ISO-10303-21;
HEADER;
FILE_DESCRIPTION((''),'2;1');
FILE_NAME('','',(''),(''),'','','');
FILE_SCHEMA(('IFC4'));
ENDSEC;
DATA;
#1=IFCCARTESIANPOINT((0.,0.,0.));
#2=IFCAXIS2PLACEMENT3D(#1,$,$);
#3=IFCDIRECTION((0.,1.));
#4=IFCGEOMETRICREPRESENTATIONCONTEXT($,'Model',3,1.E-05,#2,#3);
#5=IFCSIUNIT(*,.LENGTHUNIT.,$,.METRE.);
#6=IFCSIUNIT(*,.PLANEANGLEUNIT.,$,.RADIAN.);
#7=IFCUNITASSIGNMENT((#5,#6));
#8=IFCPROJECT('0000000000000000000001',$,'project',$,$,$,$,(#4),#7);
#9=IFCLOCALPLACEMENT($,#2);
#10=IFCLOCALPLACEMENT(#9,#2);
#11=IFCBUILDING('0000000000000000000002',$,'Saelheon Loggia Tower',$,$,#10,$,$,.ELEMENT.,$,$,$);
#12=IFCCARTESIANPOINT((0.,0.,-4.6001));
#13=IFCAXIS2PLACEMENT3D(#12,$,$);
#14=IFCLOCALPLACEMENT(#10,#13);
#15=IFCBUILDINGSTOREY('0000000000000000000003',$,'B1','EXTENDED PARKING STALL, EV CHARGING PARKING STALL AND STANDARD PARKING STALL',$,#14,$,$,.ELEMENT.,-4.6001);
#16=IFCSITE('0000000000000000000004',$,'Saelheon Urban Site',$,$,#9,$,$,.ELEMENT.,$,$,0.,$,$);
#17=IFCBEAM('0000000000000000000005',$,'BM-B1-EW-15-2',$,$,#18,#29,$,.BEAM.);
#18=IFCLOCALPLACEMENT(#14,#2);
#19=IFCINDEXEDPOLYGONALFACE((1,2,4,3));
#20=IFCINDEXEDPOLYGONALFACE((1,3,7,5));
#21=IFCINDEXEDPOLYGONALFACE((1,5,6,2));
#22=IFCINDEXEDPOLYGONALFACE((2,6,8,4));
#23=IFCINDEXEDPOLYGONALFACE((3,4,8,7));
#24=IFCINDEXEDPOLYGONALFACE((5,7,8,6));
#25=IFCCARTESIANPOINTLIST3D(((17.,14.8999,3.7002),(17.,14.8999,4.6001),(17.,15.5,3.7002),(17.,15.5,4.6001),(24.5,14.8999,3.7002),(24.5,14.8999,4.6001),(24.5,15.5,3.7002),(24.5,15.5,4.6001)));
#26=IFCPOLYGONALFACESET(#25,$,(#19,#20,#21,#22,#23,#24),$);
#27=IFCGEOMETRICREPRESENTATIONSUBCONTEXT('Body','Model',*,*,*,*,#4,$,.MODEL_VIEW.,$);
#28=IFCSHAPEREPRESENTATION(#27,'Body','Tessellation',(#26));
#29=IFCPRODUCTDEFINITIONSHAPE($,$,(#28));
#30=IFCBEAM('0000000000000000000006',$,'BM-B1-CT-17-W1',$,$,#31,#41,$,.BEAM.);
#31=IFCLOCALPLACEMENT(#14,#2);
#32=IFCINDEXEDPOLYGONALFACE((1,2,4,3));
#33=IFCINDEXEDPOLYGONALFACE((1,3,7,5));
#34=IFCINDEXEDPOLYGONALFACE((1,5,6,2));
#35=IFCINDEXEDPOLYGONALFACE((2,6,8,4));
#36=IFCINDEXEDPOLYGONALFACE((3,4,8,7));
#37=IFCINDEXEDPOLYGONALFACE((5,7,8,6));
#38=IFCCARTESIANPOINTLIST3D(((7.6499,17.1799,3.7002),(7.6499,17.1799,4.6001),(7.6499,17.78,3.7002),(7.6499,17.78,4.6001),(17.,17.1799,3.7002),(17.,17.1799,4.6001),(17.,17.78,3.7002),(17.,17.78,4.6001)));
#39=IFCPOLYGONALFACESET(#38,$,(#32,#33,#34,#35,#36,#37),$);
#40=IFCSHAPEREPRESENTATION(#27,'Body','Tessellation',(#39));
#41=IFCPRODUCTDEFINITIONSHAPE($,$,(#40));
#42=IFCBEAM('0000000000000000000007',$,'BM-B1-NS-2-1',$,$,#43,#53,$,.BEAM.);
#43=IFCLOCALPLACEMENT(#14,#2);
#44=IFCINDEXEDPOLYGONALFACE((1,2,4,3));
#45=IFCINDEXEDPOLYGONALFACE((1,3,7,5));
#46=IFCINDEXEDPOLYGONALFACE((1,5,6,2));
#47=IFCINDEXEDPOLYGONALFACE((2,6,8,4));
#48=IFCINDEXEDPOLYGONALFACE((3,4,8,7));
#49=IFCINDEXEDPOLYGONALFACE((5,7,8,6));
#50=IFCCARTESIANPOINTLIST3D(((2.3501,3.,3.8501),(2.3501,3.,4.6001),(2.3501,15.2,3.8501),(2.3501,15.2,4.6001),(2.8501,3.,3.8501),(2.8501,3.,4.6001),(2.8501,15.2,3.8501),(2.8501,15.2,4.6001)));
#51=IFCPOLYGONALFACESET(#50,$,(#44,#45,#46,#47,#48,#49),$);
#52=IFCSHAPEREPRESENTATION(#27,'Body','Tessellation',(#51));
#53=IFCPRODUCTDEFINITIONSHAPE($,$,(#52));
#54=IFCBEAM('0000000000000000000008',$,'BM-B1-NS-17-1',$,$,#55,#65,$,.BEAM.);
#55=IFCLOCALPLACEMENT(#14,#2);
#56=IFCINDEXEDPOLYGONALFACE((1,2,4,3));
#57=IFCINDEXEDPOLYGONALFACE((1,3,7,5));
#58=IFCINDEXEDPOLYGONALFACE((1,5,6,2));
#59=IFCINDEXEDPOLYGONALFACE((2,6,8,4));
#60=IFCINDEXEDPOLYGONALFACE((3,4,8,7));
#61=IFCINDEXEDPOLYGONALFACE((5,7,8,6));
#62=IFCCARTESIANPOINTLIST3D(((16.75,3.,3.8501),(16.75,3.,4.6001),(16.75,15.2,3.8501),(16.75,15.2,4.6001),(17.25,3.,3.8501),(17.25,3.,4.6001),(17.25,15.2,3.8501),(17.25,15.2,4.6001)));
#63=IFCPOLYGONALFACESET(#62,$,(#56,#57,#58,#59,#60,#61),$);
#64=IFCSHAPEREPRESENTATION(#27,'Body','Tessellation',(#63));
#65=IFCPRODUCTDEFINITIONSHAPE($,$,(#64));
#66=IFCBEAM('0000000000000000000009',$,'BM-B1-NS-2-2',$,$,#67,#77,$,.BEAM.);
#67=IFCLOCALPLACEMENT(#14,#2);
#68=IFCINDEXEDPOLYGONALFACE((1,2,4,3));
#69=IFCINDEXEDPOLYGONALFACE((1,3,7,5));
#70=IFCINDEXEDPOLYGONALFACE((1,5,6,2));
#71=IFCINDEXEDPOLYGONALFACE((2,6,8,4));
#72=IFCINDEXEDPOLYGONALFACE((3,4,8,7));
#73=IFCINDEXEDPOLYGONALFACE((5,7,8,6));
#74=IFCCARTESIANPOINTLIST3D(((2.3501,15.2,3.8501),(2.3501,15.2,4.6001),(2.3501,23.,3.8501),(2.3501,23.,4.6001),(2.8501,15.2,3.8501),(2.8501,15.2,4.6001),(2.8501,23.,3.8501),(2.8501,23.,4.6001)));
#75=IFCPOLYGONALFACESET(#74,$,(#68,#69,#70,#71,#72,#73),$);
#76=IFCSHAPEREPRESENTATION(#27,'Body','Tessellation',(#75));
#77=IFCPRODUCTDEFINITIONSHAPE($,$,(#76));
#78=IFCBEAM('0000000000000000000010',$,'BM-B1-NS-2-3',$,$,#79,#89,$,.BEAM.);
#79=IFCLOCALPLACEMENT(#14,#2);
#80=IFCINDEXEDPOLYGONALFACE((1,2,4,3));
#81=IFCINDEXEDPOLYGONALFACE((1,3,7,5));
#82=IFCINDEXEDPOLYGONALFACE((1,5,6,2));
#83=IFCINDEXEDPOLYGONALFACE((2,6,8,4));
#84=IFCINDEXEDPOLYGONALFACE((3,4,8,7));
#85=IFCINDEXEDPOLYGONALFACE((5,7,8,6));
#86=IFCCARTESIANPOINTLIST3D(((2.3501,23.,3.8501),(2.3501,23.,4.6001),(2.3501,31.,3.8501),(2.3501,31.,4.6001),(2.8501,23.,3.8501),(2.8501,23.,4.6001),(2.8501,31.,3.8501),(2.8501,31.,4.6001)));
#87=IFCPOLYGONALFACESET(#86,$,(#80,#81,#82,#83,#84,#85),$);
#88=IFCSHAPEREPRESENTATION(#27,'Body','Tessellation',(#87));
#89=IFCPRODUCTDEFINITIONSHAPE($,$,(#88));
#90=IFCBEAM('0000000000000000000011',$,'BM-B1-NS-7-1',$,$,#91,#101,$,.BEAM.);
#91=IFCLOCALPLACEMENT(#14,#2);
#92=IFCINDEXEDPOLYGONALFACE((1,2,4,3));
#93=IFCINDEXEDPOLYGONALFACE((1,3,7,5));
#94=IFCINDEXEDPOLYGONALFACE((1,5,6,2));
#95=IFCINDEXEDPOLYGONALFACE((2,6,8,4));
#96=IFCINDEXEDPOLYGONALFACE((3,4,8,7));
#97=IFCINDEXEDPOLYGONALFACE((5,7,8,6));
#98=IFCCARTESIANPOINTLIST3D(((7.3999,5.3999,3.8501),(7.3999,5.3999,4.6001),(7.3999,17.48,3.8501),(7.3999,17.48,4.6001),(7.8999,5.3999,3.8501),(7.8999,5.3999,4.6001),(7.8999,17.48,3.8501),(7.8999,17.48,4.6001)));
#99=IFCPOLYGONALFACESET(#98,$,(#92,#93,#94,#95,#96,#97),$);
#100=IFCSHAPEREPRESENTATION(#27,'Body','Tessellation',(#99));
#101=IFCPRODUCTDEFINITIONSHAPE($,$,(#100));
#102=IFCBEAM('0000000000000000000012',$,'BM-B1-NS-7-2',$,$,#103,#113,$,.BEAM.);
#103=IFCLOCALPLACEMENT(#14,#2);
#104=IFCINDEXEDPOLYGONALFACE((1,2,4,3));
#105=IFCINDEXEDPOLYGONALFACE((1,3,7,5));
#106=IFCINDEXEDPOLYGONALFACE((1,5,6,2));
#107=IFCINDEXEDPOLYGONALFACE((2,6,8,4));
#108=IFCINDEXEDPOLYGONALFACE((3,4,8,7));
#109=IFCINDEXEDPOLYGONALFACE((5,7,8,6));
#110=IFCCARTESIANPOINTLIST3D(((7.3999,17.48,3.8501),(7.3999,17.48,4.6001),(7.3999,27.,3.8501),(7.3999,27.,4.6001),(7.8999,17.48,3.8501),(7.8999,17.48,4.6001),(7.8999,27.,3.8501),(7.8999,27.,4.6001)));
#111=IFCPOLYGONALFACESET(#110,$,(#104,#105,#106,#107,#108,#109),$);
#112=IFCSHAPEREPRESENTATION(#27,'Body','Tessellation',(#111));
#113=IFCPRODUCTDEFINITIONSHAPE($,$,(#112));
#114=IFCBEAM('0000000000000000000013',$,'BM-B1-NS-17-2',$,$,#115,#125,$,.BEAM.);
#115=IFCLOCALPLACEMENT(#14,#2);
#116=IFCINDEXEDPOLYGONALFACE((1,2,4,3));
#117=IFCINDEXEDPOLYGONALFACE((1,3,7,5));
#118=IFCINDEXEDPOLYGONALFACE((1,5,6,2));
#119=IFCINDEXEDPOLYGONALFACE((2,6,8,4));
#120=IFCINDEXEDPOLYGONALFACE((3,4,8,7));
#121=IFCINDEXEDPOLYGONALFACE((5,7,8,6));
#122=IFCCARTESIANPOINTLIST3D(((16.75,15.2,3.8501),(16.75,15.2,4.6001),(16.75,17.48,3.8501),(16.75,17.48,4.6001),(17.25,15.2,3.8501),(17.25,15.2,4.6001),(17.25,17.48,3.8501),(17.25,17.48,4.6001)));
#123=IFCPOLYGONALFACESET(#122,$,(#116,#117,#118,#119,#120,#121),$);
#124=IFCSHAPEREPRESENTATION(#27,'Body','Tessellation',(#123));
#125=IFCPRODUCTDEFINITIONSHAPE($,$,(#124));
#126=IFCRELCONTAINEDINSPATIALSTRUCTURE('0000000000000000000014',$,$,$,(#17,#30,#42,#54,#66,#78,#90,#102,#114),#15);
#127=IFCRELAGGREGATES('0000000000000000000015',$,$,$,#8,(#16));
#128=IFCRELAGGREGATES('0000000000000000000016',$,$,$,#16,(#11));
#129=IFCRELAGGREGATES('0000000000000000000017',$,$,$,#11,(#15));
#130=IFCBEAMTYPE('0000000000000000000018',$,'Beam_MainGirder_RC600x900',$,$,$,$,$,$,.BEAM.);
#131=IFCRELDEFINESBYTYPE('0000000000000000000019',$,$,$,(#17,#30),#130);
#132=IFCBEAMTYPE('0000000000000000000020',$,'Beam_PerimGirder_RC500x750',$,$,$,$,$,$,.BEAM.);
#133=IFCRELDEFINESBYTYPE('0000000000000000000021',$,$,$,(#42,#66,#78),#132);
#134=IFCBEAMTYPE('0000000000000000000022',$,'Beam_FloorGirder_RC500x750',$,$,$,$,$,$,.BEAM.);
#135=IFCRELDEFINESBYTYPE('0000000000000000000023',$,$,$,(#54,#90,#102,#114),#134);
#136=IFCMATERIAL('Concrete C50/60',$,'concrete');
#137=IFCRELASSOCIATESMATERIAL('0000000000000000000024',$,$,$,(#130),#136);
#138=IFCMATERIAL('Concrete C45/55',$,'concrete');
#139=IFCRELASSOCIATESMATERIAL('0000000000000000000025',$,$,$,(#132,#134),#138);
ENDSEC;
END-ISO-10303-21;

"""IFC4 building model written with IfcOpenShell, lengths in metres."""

from ifc_helpers import new_model, si_unit, direction, frame, origin, origin_2d, place, context, subcontext, project, spatial, rectangle, extrude, source, transform, mapped, material, material_profile, profile_set, type_object, element, save


model = new_model("IFC4")

# Units and contexts
model_context = context("Model", 3, precision=1e-05, world=origin(), true_north=direction((0.0, 1.0)))
body_context = subcontext(model_context, "Body", "Model", "MODEL_VIEW")
ifc_project = project(units=[si_unit("LENGTHUNIT", "METRE"), si_unit("PLANEANGLEUNIT", "RADIAN")], contexts=[model_context])

# Site, building, storey
site_placement = place(None, origin())
site = spatial("IfcSite", under=ifc_project, at=site_placement, Name="Saelheon Urban Site", CompositionType="ELEMENT", RefElevation=0.0)
building_placement = place(site_placement, origin())
building = spatial("IfcBuilding", under=site, at=building_placement, Name="Saelheon Loggia Tower", CompositionType="ELEMENT")
storey_placement = place(building_placement, frame((0.0, 0.0, -4.6001)))
storey = spatial("IfcBuildingStorey", under=building, at=storey_placement, Name="B1", Description="EXTENDED PARKING STALL, EV CHARGING PARKING STALL AND STANDARD PARKING STALL", CompositionType="ELEMENT", Elevation=-4.6001)

# Shared definitions
ifc_material_1 = material(Name="Concrete C50/60", Category="concrete")
ifc_material_2 = material(Name="Concrete C45/55", Category="concrete")

# Beams
ifc_material_profile_1 = material_profile(ifc_material_1, rectangle(XDim=0.6001, YDim=0.8999, at=origin_2d()), Name="RC-600x900")
ifc_profile_set_1 = profile_set([ifc_material_profile_1], Name="Concrete C50/60")
beam_type_1 = type_object("IfcBeamType", Name="Beam_MainGirder_RC600x900", PredefinedType="BEAM", material=ifc_profile_set_1)
shared_shape_1 = source(origin(), body_context, "Body", "SweptSolid", [
    extrude(rectangle(XDim=0.6001, YDim=0.8999, at=origin_2d()), origin(), (0.0, 0.0, 1.0), 7.5),
])
for number, where, z_axis, x_axis, name in (
    (1, (17.0, 15.2, 4.1501), (1.0, 0.0, 0.0), (0.0, 1.0, 0.0), "BM-B1-EW-15-2"),
):
    element("IfcBeam", number, at=place(storey_placement, frame(where, z_axis=z_axis, x_axis=x_axis)), inside=storey, type_object=beam_type_1, Name=name, PredefinedType="BEAM", context=body_context, shape_type="MappedRepresentation", body=[
        mapped(shared_shape_1, transform((0.0, 0.0, 0.0), scale=1.0)),
    ])
shared_shape_2 = source(origin(), body_context, "Body", "SweptSolid", [
    extrude(rectangle(XDim=0.6001, YDim=0.8999, at=origin_2d()), origin(), (0.0, 0.0, 1.0), 9.3501),
])
beam_1_placement = place(storey_placement, frame((7.6499, 17.48, 4.1501), z_axis=(1.0, 0.0, 0.0), x_axis=(0.0, 1.0, 0.0)))
element("IfcBeam", 2, at=beam_1_placement, inside=storey, type_object=beam_type_1, Name="BM-B1-CT-17-W1", PredefinedType="BEAM", context=body_context, shape_type="MappedRepresentation", body=[
    mapped(shared_shape_2, transform((0.0, 0.0, 0.0), scale=1.0)),
])
ifc_material_profile_2 = material_profile(ifc_material_2, rectangle(XDim=0.5, YDim=0.75, at=origin_2d()), Name="RC-500x750")
ifc_profile_set_2 = profile_set([ifc_material_profile_2], Name="Concrete C45/55")
beam_type_2 = type_object("IfcBeamType", Name="Beam_PerimGirder_RC500x750", PredefinedType="BEAM", material=ifc_profile_set_2)
shared_shape_3 = source(origin(), body_context, "Body", "SweptSolid", [
    extrude(rectangle(XDim=0.5, YDim=0.75, at=origin_2d()), origin(), (0.0, 0.0, 1.0), 12.2),
])
beam_2_placement = place(storey_placement, frame((2.6001, 3.0, 4.2251), z_axis=(0.0, 1.0, 0.0), x_axis=(-1.0, 0.0, 0.0)))
element("IfcBeam", 3, at=beam_2_placement, inside=storey, type_object=beam_type_2, Name="BM-B1-NS-2-1", PredefinedType="BEAM", context=body_context, shape_type="MappedRepresentation", body=[
    mapped(shared_shape_3, transform((0.0, 0.0, 0.0), scale=1.0)),
])
ifc_material_profile_3 = material_profile(ifc_material_2, rectangle(XDim=0.5, YDim=0.75, at=origin_2d()), Name="RC-500x750")
ifc_profile_set_3 = profile_set([ifc_material_profile_3], Name="Concrete C45/55")
beam_type_3 = type_object("IfcBeamType", Name="Beam_FloorGirder_RC500x750", PredefinedType="BEAM", material=ifc_profile_set_3)
beam_3_placement = place(storey_placement, frame((17.0, 3.0, 4.2251), z_axis=(0.0, 1.0, 0.0), x_axis=(-1.0, 0.0, 0.0)))
element("IfcBeam", 4, at=beam_3_placement, inside=storey, type_object=beam_type_3, Name="BM-B1-NS-17-1", PredefinedType="BEAM", context=body_context, shape_type="MappedRepresentation", body=[
    mapped(shared_shape_3, transform((0.0, 0.0, 0.0), scale=1.0)),
])
shared_shape_4 = source(origin(), body_context, "Body", "SweptSolid", [
    extrude(rectangle(XDim=0.5, YDim=0.75, at=origin_2d()), origin(), (0.0, 0.0, 1.0), 7.8),
])
beam_4_placement = place(storey_placement, frame((2.6001, 15.2, 4.2251), z_axis=(0.0, 1.0, 0.0), x_axis=(-1.0, 0.0, 0.0)))
element("IfcBeam", 5, at=beam_4_placement, inside=storey, type_object=beam_type_2, Name="BM-B1-NS-2-2", PredefinedType="BEAM", context=body_context, shape_type="MappedRepresentation", body=[
    mapped(shared_shape_4, transform((0.0, 0.0, 0.0), scale=1.0)),
])
shared_shape_5 = source(origin(), body_context, "Body", "SweptSolid", [
    extrude(rectangle(XDim=0.5, YDim=0.75, at=origin_2d()), origin(), (0.0, 0.0, 1.0), 8.0),
])
beam_5_placement = place(storey_placement, frame((2.6001, 23.0, 4.2251), z_axis=(0.0, 1.0, 0.0), x_axis=(-1.0, 0.0, 0.0)))
element("IfcBeam", 6, at=beam_5_placement, inside=storey, type_object=beam_type_2, Name="BM-B1-NS-2-3", PredefinedType="BEAM", context=body_context, shape_type="MappedRepresentation", body=[
    mapped(shared_shape_5, transform((0.0, 0.0, 0.0), scale=1.0)),
])
shared_shape_6 = source(origin(), body_context, "Body", "SweptSolid", [
    extrude(rectangle(XDim=0.5, YDim=0.75, at=origin_2d()), origin(), (0.0, 0.0, 1.0), 12.0801),
])
beam_6_placement = place(storey_placement, frame((7.6499, 5.3999, 4.2251), z_axis=(0.0, 1.0, 0.0), x_axis=(-1.0, 0.0, 0.0)))
element("IfcBeam", 7, at=beam_6_placement, inside=storey, type_object=beam_type_3, Name="BM-B1-NS-7-1", PredefinedType="BEAM", context=body_context, shape_type="MappedRepresentation", body=[
    mapped(shared_shape_6, transform((0.0, 0.0, 0.0), scale=1.0)),
])
shared_shape_7 = source(origin(), body_context, "Body", "SweptSolid", [
    extrude(rectangle(XDim=0.5, YDim=0.75, at=origin_2d()), origin(), (0.0, 0.0, 1.0), 9.52),
])
beam_7_placement = place(storey_placement, frame((7.6499, 17.48, 4.2251), z_axis=(0.0, 1.0, 0.0), x_axis=(-1.0, 0.0, 0.0)))
element("IfcBeam", 8, at=beam_7_placement, inside=storey, type_object=beam_type_3, Name="BM-B1-NS-7-2", PredefinedType="BEAM", context=body_context, shape_type="MappedRepresentation", body=[
    mapped(shared_shape_7, transform((0.0, 0.0, 0.0), scale=1.0)),
])
shared_shape_8 = source(origin(), body_context, "Body", "SweptSolid", [
    extrude(rectangle(XDim=0.5, YDim=0.75, at=origin_2d()), origin(), (0.0, 0.0, 1.0), 2.28),
])
beam_8_placement = place(storey_placement, frame((17.0, 15.2, 4.2251), z_axis=(0.0, 1.0, 0.0), x_axis=(-1.0, 0.0, 0.0)))
element("IfcBeam", 9, at=beam_8_placement, inside=storey, type_object=beam_type_3, Name="BM-B1-NS-17-2", PredefinedType="BEAM", context=body_context, shape_type="MappedRepresentation", body=[
    mapped(shared_shape_8, transform((0.0, 0.0, 0.0), scale=1.0)),
])

save(model, "model.ifc")
